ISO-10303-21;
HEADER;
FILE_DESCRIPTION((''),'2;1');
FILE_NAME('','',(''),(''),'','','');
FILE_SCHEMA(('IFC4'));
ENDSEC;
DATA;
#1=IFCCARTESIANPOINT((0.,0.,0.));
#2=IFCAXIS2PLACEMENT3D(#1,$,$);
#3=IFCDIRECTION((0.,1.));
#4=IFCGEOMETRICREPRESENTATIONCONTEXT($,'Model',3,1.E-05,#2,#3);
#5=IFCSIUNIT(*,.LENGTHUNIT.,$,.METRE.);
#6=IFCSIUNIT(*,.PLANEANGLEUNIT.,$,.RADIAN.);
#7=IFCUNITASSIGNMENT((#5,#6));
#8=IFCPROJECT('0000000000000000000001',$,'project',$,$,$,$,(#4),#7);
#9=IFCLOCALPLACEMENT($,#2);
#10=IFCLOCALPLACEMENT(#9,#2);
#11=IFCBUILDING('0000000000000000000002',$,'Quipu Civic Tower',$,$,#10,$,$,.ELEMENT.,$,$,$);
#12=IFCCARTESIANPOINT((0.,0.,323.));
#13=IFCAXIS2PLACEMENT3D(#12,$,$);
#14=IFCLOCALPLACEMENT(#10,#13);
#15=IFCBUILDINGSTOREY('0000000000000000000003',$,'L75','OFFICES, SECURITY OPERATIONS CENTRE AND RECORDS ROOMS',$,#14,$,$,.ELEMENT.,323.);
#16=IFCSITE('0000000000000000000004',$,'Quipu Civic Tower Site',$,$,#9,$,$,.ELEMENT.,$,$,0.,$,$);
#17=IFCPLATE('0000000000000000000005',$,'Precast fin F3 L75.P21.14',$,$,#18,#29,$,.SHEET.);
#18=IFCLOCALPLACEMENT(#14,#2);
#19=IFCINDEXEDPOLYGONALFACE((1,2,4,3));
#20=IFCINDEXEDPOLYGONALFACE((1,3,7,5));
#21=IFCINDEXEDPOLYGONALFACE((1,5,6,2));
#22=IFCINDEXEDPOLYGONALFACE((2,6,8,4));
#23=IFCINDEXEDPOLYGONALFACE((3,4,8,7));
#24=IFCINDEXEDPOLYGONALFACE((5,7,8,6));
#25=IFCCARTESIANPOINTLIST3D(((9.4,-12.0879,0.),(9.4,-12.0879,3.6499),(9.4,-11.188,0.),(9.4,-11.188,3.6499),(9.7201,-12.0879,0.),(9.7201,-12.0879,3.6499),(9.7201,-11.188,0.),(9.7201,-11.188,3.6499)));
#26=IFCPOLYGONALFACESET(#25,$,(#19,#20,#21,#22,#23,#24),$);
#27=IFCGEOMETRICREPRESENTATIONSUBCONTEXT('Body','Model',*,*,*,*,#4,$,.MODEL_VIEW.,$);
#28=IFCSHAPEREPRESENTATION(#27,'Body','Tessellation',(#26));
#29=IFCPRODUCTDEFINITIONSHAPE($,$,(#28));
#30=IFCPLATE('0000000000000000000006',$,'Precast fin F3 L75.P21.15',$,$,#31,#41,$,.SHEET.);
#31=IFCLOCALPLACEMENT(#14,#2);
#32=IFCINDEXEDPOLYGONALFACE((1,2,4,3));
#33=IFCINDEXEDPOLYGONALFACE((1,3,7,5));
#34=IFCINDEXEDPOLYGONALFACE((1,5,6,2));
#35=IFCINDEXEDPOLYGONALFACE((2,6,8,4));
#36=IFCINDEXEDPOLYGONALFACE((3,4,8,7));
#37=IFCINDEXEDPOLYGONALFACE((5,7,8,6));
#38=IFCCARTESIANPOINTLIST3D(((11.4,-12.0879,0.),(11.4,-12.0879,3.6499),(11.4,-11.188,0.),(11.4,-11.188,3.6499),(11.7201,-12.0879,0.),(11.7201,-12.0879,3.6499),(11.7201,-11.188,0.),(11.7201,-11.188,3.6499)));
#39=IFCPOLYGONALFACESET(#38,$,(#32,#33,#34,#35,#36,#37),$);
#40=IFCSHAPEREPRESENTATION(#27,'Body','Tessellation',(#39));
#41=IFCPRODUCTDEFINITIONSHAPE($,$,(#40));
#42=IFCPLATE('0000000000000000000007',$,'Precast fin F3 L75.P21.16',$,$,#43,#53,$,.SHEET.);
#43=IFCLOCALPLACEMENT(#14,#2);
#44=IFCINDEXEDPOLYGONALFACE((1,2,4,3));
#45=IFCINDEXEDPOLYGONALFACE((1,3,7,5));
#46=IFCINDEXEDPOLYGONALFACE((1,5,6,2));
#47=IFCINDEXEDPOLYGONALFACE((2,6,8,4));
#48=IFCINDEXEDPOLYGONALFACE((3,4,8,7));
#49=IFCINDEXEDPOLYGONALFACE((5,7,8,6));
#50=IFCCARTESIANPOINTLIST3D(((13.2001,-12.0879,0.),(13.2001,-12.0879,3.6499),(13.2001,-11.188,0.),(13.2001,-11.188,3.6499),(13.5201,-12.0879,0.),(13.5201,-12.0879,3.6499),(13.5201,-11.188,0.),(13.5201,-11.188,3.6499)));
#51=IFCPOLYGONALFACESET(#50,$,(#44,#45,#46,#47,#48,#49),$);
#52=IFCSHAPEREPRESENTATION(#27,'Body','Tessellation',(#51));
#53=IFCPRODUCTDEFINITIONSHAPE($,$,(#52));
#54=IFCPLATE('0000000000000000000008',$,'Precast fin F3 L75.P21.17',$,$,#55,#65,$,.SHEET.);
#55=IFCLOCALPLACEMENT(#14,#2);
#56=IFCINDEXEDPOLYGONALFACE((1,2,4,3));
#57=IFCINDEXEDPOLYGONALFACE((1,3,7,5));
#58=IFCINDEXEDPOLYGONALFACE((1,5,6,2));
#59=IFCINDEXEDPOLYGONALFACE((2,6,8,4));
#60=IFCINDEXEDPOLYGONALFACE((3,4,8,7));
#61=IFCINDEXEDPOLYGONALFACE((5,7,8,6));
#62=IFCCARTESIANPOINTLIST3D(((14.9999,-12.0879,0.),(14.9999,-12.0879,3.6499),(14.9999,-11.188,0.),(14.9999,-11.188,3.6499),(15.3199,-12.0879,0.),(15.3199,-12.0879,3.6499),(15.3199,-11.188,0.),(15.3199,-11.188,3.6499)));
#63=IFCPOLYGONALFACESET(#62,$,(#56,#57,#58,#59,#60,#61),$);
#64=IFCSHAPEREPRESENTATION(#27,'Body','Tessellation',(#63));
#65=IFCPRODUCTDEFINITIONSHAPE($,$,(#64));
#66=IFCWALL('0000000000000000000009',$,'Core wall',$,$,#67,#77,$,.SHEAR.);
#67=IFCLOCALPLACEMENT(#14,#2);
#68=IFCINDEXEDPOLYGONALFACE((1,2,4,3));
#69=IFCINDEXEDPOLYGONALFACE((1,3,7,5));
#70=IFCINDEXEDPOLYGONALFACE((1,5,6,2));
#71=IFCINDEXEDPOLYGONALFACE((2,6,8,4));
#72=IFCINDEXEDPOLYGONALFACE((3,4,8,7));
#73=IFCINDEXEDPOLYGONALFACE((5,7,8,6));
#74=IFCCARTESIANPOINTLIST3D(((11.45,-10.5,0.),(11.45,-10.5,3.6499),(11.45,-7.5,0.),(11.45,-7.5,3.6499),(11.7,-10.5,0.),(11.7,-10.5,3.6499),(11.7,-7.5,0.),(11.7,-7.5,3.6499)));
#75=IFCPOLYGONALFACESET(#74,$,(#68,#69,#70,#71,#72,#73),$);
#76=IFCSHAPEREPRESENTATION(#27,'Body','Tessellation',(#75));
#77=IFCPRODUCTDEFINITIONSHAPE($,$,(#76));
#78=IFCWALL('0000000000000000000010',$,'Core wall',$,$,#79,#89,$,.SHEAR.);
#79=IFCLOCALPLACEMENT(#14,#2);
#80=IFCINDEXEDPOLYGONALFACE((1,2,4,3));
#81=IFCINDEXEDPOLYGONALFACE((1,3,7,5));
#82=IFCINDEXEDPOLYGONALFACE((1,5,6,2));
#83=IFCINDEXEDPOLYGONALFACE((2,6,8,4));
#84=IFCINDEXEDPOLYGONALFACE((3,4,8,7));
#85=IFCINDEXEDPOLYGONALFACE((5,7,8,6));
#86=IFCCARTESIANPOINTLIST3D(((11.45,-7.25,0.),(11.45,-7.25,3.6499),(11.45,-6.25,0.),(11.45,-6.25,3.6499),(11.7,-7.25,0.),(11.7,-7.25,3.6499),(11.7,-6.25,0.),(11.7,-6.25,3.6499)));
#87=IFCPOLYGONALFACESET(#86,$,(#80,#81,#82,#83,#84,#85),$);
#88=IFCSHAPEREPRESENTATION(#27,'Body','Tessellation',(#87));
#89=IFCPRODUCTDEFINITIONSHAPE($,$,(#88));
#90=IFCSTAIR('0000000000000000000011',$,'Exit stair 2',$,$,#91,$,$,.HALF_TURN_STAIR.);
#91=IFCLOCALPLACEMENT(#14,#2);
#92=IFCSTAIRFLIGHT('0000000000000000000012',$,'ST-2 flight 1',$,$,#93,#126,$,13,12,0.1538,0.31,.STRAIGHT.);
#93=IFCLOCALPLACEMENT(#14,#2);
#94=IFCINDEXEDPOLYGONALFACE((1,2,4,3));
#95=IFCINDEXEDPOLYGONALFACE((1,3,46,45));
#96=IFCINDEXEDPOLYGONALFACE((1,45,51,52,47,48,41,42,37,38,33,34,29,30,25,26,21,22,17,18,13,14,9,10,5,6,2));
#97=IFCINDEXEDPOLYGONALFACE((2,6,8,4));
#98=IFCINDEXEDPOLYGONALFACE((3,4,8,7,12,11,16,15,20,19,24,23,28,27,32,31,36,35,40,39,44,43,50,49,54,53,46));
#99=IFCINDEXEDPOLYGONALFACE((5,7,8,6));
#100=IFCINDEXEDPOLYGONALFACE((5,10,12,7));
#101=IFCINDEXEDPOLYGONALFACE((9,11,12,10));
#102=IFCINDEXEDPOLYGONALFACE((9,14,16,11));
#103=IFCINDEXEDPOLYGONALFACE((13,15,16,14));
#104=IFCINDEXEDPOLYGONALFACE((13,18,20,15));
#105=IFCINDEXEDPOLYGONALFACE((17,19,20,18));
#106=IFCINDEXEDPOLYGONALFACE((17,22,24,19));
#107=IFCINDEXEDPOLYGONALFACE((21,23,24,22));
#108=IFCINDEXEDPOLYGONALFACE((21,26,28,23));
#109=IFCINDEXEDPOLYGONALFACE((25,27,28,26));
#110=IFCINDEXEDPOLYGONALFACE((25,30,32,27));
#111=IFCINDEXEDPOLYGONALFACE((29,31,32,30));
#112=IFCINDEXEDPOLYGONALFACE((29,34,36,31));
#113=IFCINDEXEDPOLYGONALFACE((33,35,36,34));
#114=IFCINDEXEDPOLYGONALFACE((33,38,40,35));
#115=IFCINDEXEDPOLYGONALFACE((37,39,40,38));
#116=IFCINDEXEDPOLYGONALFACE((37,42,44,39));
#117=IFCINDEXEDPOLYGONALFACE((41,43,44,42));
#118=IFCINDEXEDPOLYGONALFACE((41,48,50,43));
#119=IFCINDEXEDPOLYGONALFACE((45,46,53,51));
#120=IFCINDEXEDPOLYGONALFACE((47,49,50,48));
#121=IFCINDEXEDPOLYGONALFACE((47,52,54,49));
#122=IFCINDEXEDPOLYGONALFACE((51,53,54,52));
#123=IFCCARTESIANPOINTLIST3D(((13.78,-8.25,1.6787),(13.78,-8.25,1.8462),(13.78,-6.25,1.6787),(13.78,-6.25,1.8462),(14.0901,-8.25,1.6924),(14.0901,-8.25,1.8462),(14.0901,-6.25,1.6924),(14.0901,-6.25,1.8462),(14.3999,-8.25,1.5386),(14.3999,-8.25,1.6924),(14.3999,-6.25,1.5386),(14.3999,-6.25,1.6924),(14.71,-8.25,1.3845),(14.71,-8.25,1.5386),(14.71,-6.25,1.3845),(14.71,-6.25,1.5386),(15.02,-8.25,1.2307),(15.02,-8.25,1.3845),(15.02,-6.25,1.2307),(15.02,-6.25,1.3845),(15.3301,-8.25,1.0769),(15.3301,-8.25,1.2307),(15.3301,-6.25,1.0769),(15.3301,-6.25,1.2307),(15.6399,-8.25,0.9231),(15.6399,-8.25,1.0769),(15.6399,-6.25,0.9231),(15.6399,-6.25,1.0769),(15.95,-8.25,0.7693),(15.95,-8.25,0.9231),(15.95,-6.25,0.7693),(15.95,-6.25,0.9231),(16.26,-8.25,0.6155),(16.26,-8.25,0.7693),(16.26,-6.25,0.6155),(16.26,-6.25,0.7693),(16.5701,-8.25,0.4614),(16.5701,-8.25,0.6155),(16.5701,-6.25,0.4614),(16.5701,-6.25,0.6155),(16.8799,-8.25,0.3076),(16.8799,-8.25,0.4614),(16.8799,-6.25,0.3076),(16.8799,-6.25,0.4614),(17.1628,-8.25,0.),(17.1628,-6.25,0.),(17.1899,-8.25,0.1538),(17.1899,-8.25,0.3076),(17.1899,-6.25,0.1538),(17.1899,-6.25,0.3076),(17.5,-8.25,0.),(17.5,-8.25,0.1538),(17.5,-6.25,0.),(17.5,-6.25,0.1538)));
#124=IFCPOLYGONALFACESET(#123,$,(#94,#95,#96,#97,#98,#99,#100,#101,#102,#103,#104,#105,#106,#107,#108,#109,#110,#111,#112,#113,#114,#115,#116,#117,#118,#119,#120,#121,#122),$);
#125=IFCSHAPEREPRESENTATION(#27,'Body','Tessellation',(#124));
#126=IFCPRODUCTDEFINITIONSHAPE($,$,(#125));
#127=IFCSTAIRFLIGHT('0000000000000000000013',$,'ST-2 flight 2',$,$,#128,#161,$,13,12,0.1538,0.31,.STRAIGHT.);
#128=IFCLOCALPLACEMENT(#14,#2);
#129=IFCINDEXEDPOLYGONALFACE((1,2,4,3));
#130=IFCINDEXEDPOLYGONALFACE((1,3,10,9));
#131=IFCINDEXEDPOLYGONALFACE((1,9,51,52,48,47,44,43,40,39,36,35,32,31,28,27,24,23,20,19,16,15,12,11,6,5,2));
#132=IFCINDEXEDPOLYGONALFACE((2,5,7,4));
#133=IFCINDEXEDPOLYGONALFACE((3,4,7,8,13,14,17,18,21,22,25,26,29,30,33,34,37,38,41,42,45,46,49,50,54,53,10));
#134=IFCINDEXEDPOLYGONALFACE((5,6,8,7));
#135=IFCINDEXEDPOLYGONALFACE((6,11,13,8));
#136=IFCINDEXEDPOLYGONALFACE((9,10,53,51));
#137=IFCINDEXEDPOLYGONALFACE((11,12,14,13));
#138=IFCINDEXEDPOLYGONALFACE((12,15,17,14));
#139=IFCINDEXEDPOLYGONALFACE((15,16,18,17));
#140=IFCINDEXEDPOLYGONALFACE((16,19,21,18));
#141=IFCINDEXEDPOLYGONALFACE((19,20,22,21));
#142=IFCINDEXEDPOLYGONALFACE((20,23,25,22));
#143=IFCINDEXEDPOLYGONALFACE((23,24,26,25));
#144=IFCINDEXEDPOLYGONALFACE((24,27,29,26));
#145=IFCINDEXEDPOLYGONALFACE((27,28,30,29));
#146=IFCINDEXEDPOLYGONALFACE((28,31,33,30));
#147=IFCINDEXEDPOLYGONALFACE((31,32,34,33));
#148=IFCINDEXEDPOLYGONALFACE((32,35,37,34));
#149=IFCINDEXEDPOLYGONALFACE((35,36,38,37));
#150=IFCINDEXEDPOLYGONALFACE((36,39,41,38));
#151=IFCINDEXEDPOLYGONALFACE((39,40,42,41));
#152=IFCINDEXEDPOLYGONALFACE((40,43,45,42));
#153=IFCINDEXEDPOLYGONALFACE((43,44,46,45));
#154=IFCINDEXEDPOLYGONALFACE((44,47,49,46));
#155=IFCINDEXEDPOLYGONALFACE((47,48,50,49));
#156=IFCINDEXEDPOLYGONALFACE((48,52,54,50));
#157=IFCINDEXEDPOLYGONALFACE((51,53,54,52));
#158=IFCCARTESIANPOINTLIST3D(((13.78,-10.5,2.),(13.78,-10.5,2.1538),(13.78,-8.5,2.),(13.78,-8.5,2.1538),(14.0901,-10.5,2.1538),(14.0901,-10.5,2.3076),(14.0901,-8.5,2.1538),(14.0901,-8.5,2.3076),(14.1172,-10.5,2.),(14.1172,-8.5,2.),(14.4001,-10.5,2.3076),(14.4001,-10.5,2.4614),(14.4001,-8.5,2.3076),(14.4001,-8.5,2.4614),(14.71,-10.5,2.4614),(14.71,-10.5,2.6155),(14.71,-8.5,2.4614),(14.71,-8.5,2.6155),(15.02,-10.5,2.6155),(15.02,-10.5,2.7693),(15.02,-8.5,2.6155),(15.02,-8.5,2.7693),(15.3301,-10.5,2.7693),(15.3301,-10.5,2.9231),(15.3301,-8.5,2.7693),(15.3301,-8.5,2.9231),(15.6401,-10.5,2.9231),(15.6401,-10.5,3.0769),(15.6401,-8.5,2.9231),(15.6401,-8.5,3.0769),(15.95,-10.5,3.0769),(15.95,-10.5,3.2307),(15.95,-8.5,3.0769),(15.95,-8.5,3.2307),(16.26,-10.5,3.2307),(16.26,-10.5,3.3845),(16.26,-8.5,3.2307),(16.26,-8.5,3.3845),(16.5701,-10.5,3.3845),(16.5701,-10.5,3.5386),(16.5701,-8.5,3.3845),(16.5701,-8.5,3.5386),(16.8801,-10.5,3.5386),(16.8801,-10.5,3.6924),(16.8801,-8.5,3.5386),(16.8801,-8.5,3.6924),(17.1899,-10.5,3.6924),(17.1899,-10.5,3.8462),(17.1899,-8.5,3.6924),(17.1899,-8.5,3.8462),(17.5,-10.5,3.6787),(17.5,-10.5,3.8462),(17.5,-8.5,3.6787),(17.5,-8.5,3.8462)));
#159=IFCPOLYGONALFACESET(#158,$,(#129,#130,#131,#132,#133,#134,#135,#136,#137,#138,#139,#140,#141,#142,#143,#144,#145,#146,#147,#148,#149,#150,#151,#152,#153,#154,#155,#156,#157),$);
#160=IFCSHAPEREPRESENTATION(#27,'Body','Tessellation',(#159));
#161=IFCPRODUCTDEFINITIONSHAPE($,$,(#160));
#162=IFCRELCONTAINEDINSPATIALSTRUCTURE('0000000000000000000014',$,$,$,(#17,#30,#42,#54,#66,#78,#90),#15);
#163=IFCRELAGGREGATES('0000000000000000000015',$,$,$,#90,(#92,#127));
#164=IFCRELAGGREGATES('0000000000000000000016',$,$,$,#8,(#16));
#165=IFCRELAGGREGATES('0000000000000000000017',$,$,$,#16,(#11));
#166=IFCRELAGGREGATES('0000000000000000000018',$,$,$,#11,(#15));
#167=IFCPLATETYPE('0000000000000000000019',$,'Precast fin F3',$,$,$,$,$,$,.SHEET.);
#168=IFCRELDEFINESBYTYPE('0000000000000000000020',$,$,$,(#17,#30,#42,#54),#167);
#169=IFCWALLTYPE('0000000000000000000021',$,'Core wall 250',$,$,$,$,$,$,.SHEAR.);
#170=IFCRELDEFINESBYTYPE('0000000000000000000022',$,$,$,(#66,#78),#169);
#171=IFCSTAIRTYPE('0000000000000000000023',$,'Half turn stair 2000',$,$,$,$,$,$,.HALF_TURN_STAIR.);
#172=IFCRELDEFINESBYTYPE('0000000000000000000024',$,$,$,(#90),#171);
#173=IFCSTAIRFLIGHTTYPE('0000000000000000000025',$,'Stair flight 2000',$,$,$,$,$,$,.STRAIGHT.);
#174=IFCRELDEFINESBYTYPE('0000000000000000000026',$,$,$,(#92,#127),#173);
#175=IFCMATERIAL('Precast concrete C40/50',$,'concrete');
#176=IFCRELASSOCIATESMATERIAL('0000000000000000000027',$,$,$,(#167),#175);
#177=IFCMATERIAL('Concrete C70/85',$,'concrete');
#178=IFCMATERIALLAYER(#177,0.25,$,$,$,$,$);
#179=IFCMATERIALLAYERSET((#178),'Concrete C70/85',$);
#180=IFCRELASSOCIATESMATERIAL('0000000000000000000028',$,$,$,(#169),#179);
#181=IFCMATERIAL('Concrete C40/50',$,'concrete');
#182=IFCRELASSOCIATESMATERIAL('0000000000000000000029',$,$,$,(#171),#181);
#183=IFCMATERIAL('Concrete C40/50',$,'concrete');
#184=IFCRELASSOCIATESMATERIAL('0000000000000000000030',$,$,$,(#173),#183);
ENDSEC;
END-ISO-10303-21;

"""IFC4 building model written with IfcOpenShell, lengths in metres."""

from ifc_helpers import new_model, si_unit, direction, frame, frame_2d, origin, origin_2d, place, context, subcontext, project, spatial, polyline, rectangle, outline, extrude, material, layer, layer_set, type_object, element, aggregate, save


model = new_model("IFC4")

# Units and contexts
model_context = context("Model", 3, precision=1e-05, world=origin(), true_north=direction((0.0, 1.0)))
body_context = subcontext(model_context, "Body", "Model", "MODEL_VIEW")
ifc_project = project(units=[si_unit("LENGTHUNIT", "METRE"), si_unit("PLANEANGLEUNIT", "RADIAN")], contexts=[model_context])

# Site, building, storey
site_placement = place(None, origin())
site = spatial("IfcSite", under=ifc_project, at=site_placement, Name="Quipu Civic Tower Site", CompositionType="ELEMENT", RefElevation=0.0)
building_placement = place(site_placement, origin())
building = spatial("IfcBuilding", under=site, at=building_placement, Name="Quipu Civic Tower", CompositionType="ELEMENT")
storey_placement = place(building_placement, frame((0.0, 0.0, 323.0)))
storey = spatial("IfcBuildingStorey", under=building, at=storey_placement, Name="L75", Description="OFFICES, SECURITY OPERATIONS CENTRE AND RECORDS ROOMS", CompositionType="ELEMENT", Elevation=323.0)

# Plates
ifc_material_1 = material(Name="Precast concrete C40/50", Category="concrete")
plate_type = type_object("IfcPlateType", Name="Precast fin F3", PredefinedType="SHEET", material=ifc_material_1)
for number, where, z_axis, x_axis, name in (
    (1, (9.5601, -11.6379, 0.0), (0.0, 0.0, 1.0), (1.0, 0.0, 0.0), "Precast fin F3 L75.P21.14"),
    (2, (11.5601, -11.6379, 0.0), (0.0, 0.0, 1.0), (1.0, 0.0, 0.0), "Precast fin F3 L75.P21.15"),
    (3, (13.3601, -11.6379, 0.0), (0.0, 0.0, 1.0), (1.0, 0.0, 0.0), "Precast fin F3 L75.P21.16"),
    (4, (15.1599, -11.6379, 0.0), (0.0, 0.0, 1.0), (1.0, 0.0, 0.0), "Precast fin F3 L75.P21.17"),
):
    element("IfcPlate", number, at=place(storey_placement, frame(where, z_axis=z_axis, x_axis=x_axis)), inside=storey, type_object=plate_type, Name=name, PredefinedType="SHEET", context=body_context, shape_type="SweptSolid", body=[
        extrude(rectangle(XDim=0.3201, YDim=0.8999, at=origin_2d()), origin(), (0.0, 0.0, 1.0), 3.6499),
    ])

# Wall
ifc_material_2 = material(Name="Concrete C70/85", Category="concrete")
ifc_layer = layer(ifc_material_2, 0.25)
ifc_layer_set = layer_set([ifc_layer], Name="Concrete C70/85")
wall_type = type_object("IfcWallType", Name="Core wall 250", PredefinedType="SHEAR", material=ifc_layer_set)
wall_1_placement = place(storey_placement, frame((11.575, -10.5, 0.0), z_axis=(0.0, 0.0, 1.0), x_axis=(0.0, 1.0, 0.0)))
element("IfcWall", 5, at=wall_1_placement, inside=storey, type_object=wall_type, Name="Core wall", PredefinedType="SHEAR", context=body_context, shape_type="SweptSolid", body=[
    extrude(rectangle(XDim=3.0, YDim=0.25, at=frame_2d((1.5, 0.0))), origin(), (0.0, 0.0, 1.0), 3.6499),
])

# Wall
wall_2_placement = place(storey_placement, frame((11.575, -7.25, 0.0), z_axis=(0.0, 0.0, 1.0), x_axis=(0.0, 1.0, 0.0)))
element("IfcWall", 6, at=wall_2_placement, inside=storey, type_object=wall_type, Name="Core wall", PredefinedType="SHEAR", context=body_context, shape_type="SweptSolid", body=[
    extrude(rectangle(XDim=1.0, YDim=0.25, at=frame_2d((0.5, 0.0))), origin(), (0.0, 0.0, 1.0), 3.6499),
])

# Stair, stair flights
ifc_material_3 = material(Name="Concrete C40/50", Category="concrete")
stair_type = type_object("IfcStairType", Name="Half turn stair 2000", PredefinedType="HALF_TURN_STAIR", material=ifc_material_3)
stair_placement = place(storey_placement, origin())
stair = element("IfcStair", 7, at=stair_placement, inside=storey, type_object=stair_type, Name="Exit stair 2", PredefinedType="HALF_TURN_STAIR")
ifc_material_4 = material(Name="Concrete C40/50", Category="concrete")
stair_flight_type = type_object("IfcStairFlightType", Name="Stair flight 2000", PredefinedType="STRAIGHT", material=ifc_material_4)
stair_flight_1_placement = place(storey_placement, frame((17.5, -7.25, 0.0), z_axis=(0.0, 0.0, 1.0), x_axis=(-1.0, 0.0, 0.0)))
stair_flight_1 = element("IfcStairFlight", 8, at=stair_flight_1_placement, type_object=stair_flight_type, Name="ST-2 flight 1", NumberOfRisers=13, NumberOfTreads=12, PredefinedType="STRAIGHT", RiserHeight=0.1538, TreadLength=0.31, context=body_context, shape_type="SweptSolid", body=[
    extrude(outline(polyline([(0.0, 0.0), (0.0, 0.1538), (0.3101, 0.1538), (0.3101, 0.3076), (0.6201, 0.3076), (0.6201, 0.4614), (0.9299, 0.4614), (0.9299, 0.6155), (1.24, 0.6155), (1.24, 0.7693), (1.55, 0.7693), (1.55, 0.9231), (1.8601, 0.9231), (1.8601, 1.0769), (2.1699, 1.0769), (2.1699, 1.2307), (2.48, 1.2307), (2.48, 1.3845), (2.79, 1.3845), (2.79, 1.5386), (3.1001, 1.5386), (3.1001, 1.6924), (3.4099, 1.6924), (3.4099, 1.8462), (3.72, 1.8462), (3.72, 2.0), (3.72, 1.6787), (0.3372, 0.0), (0.0, 0.0)])), frame((0.0, 1.0, 0.0), z_axis=(0.0, -1.0, 0.0), x_axis=(1.0, 0.0, 0.0)), (0.0, 0.0, 1.0), 2.0),
])
stair_flight_2_placement = place(storey_placement, frame((13.78, -9.5, 2.0), z_axis=(0.0, 0.0, 1.0), x_axis=(1.0, 0.0, 0.0)))
stair_flight_2 = element("IfcStairFlight", 9, at=stair_flight_2_placement, type_object=stair_flight_type, Name="ST-2 flight 2", NumberOfRisers=13, NumberOfTreads=12, PredefinedType="STRAIGHT", RiserHeight=0.1538, TreadLength=0.31, context=body_context, shape_type="SweptSolid", body=[
    extrude(outline(polyline([(0.0, 0.0), (0.0, 0.1538), (0.3101, 0.1538), (0.3101, 0.3076), (0.6201, 0.3076), (0.6201, 0.4614), (0.9299, 0.4614), (0.9299, 0.6155), (1.24, 0.6155), (1.24, 0.7693), (1.55, 0.7693), (1.55, 0.9231), (1.8601, 0.9231), (1.8601, 1.0769), (2.1699, 1.0769), (2.1699, 1.2307), (2.48, 1.2307), (2.48, 1.3845), (2.79, 1.3845), (2.79, 1.5386), (3.1001, 1.5386), (3.1001, 1.6924), (3.4099, 1.6924), (3.4099, 1.8462), (3.72, 1.8462), (3.72, 2.0), (3.72, 1.6787), (0.3372, 0.0), (0.0, 0.0)])), frame((0.0, 1.0, 0.0), z_axis=(0.0, -1.0, 0.0), x_axis=(1.0, 0.0, 0.0)), (0.0, 0.0, 1.0), 2.0),
])
aggregate(stair, [stair_flight_1, stair_flight_2])

save(model, "model.ifc")
